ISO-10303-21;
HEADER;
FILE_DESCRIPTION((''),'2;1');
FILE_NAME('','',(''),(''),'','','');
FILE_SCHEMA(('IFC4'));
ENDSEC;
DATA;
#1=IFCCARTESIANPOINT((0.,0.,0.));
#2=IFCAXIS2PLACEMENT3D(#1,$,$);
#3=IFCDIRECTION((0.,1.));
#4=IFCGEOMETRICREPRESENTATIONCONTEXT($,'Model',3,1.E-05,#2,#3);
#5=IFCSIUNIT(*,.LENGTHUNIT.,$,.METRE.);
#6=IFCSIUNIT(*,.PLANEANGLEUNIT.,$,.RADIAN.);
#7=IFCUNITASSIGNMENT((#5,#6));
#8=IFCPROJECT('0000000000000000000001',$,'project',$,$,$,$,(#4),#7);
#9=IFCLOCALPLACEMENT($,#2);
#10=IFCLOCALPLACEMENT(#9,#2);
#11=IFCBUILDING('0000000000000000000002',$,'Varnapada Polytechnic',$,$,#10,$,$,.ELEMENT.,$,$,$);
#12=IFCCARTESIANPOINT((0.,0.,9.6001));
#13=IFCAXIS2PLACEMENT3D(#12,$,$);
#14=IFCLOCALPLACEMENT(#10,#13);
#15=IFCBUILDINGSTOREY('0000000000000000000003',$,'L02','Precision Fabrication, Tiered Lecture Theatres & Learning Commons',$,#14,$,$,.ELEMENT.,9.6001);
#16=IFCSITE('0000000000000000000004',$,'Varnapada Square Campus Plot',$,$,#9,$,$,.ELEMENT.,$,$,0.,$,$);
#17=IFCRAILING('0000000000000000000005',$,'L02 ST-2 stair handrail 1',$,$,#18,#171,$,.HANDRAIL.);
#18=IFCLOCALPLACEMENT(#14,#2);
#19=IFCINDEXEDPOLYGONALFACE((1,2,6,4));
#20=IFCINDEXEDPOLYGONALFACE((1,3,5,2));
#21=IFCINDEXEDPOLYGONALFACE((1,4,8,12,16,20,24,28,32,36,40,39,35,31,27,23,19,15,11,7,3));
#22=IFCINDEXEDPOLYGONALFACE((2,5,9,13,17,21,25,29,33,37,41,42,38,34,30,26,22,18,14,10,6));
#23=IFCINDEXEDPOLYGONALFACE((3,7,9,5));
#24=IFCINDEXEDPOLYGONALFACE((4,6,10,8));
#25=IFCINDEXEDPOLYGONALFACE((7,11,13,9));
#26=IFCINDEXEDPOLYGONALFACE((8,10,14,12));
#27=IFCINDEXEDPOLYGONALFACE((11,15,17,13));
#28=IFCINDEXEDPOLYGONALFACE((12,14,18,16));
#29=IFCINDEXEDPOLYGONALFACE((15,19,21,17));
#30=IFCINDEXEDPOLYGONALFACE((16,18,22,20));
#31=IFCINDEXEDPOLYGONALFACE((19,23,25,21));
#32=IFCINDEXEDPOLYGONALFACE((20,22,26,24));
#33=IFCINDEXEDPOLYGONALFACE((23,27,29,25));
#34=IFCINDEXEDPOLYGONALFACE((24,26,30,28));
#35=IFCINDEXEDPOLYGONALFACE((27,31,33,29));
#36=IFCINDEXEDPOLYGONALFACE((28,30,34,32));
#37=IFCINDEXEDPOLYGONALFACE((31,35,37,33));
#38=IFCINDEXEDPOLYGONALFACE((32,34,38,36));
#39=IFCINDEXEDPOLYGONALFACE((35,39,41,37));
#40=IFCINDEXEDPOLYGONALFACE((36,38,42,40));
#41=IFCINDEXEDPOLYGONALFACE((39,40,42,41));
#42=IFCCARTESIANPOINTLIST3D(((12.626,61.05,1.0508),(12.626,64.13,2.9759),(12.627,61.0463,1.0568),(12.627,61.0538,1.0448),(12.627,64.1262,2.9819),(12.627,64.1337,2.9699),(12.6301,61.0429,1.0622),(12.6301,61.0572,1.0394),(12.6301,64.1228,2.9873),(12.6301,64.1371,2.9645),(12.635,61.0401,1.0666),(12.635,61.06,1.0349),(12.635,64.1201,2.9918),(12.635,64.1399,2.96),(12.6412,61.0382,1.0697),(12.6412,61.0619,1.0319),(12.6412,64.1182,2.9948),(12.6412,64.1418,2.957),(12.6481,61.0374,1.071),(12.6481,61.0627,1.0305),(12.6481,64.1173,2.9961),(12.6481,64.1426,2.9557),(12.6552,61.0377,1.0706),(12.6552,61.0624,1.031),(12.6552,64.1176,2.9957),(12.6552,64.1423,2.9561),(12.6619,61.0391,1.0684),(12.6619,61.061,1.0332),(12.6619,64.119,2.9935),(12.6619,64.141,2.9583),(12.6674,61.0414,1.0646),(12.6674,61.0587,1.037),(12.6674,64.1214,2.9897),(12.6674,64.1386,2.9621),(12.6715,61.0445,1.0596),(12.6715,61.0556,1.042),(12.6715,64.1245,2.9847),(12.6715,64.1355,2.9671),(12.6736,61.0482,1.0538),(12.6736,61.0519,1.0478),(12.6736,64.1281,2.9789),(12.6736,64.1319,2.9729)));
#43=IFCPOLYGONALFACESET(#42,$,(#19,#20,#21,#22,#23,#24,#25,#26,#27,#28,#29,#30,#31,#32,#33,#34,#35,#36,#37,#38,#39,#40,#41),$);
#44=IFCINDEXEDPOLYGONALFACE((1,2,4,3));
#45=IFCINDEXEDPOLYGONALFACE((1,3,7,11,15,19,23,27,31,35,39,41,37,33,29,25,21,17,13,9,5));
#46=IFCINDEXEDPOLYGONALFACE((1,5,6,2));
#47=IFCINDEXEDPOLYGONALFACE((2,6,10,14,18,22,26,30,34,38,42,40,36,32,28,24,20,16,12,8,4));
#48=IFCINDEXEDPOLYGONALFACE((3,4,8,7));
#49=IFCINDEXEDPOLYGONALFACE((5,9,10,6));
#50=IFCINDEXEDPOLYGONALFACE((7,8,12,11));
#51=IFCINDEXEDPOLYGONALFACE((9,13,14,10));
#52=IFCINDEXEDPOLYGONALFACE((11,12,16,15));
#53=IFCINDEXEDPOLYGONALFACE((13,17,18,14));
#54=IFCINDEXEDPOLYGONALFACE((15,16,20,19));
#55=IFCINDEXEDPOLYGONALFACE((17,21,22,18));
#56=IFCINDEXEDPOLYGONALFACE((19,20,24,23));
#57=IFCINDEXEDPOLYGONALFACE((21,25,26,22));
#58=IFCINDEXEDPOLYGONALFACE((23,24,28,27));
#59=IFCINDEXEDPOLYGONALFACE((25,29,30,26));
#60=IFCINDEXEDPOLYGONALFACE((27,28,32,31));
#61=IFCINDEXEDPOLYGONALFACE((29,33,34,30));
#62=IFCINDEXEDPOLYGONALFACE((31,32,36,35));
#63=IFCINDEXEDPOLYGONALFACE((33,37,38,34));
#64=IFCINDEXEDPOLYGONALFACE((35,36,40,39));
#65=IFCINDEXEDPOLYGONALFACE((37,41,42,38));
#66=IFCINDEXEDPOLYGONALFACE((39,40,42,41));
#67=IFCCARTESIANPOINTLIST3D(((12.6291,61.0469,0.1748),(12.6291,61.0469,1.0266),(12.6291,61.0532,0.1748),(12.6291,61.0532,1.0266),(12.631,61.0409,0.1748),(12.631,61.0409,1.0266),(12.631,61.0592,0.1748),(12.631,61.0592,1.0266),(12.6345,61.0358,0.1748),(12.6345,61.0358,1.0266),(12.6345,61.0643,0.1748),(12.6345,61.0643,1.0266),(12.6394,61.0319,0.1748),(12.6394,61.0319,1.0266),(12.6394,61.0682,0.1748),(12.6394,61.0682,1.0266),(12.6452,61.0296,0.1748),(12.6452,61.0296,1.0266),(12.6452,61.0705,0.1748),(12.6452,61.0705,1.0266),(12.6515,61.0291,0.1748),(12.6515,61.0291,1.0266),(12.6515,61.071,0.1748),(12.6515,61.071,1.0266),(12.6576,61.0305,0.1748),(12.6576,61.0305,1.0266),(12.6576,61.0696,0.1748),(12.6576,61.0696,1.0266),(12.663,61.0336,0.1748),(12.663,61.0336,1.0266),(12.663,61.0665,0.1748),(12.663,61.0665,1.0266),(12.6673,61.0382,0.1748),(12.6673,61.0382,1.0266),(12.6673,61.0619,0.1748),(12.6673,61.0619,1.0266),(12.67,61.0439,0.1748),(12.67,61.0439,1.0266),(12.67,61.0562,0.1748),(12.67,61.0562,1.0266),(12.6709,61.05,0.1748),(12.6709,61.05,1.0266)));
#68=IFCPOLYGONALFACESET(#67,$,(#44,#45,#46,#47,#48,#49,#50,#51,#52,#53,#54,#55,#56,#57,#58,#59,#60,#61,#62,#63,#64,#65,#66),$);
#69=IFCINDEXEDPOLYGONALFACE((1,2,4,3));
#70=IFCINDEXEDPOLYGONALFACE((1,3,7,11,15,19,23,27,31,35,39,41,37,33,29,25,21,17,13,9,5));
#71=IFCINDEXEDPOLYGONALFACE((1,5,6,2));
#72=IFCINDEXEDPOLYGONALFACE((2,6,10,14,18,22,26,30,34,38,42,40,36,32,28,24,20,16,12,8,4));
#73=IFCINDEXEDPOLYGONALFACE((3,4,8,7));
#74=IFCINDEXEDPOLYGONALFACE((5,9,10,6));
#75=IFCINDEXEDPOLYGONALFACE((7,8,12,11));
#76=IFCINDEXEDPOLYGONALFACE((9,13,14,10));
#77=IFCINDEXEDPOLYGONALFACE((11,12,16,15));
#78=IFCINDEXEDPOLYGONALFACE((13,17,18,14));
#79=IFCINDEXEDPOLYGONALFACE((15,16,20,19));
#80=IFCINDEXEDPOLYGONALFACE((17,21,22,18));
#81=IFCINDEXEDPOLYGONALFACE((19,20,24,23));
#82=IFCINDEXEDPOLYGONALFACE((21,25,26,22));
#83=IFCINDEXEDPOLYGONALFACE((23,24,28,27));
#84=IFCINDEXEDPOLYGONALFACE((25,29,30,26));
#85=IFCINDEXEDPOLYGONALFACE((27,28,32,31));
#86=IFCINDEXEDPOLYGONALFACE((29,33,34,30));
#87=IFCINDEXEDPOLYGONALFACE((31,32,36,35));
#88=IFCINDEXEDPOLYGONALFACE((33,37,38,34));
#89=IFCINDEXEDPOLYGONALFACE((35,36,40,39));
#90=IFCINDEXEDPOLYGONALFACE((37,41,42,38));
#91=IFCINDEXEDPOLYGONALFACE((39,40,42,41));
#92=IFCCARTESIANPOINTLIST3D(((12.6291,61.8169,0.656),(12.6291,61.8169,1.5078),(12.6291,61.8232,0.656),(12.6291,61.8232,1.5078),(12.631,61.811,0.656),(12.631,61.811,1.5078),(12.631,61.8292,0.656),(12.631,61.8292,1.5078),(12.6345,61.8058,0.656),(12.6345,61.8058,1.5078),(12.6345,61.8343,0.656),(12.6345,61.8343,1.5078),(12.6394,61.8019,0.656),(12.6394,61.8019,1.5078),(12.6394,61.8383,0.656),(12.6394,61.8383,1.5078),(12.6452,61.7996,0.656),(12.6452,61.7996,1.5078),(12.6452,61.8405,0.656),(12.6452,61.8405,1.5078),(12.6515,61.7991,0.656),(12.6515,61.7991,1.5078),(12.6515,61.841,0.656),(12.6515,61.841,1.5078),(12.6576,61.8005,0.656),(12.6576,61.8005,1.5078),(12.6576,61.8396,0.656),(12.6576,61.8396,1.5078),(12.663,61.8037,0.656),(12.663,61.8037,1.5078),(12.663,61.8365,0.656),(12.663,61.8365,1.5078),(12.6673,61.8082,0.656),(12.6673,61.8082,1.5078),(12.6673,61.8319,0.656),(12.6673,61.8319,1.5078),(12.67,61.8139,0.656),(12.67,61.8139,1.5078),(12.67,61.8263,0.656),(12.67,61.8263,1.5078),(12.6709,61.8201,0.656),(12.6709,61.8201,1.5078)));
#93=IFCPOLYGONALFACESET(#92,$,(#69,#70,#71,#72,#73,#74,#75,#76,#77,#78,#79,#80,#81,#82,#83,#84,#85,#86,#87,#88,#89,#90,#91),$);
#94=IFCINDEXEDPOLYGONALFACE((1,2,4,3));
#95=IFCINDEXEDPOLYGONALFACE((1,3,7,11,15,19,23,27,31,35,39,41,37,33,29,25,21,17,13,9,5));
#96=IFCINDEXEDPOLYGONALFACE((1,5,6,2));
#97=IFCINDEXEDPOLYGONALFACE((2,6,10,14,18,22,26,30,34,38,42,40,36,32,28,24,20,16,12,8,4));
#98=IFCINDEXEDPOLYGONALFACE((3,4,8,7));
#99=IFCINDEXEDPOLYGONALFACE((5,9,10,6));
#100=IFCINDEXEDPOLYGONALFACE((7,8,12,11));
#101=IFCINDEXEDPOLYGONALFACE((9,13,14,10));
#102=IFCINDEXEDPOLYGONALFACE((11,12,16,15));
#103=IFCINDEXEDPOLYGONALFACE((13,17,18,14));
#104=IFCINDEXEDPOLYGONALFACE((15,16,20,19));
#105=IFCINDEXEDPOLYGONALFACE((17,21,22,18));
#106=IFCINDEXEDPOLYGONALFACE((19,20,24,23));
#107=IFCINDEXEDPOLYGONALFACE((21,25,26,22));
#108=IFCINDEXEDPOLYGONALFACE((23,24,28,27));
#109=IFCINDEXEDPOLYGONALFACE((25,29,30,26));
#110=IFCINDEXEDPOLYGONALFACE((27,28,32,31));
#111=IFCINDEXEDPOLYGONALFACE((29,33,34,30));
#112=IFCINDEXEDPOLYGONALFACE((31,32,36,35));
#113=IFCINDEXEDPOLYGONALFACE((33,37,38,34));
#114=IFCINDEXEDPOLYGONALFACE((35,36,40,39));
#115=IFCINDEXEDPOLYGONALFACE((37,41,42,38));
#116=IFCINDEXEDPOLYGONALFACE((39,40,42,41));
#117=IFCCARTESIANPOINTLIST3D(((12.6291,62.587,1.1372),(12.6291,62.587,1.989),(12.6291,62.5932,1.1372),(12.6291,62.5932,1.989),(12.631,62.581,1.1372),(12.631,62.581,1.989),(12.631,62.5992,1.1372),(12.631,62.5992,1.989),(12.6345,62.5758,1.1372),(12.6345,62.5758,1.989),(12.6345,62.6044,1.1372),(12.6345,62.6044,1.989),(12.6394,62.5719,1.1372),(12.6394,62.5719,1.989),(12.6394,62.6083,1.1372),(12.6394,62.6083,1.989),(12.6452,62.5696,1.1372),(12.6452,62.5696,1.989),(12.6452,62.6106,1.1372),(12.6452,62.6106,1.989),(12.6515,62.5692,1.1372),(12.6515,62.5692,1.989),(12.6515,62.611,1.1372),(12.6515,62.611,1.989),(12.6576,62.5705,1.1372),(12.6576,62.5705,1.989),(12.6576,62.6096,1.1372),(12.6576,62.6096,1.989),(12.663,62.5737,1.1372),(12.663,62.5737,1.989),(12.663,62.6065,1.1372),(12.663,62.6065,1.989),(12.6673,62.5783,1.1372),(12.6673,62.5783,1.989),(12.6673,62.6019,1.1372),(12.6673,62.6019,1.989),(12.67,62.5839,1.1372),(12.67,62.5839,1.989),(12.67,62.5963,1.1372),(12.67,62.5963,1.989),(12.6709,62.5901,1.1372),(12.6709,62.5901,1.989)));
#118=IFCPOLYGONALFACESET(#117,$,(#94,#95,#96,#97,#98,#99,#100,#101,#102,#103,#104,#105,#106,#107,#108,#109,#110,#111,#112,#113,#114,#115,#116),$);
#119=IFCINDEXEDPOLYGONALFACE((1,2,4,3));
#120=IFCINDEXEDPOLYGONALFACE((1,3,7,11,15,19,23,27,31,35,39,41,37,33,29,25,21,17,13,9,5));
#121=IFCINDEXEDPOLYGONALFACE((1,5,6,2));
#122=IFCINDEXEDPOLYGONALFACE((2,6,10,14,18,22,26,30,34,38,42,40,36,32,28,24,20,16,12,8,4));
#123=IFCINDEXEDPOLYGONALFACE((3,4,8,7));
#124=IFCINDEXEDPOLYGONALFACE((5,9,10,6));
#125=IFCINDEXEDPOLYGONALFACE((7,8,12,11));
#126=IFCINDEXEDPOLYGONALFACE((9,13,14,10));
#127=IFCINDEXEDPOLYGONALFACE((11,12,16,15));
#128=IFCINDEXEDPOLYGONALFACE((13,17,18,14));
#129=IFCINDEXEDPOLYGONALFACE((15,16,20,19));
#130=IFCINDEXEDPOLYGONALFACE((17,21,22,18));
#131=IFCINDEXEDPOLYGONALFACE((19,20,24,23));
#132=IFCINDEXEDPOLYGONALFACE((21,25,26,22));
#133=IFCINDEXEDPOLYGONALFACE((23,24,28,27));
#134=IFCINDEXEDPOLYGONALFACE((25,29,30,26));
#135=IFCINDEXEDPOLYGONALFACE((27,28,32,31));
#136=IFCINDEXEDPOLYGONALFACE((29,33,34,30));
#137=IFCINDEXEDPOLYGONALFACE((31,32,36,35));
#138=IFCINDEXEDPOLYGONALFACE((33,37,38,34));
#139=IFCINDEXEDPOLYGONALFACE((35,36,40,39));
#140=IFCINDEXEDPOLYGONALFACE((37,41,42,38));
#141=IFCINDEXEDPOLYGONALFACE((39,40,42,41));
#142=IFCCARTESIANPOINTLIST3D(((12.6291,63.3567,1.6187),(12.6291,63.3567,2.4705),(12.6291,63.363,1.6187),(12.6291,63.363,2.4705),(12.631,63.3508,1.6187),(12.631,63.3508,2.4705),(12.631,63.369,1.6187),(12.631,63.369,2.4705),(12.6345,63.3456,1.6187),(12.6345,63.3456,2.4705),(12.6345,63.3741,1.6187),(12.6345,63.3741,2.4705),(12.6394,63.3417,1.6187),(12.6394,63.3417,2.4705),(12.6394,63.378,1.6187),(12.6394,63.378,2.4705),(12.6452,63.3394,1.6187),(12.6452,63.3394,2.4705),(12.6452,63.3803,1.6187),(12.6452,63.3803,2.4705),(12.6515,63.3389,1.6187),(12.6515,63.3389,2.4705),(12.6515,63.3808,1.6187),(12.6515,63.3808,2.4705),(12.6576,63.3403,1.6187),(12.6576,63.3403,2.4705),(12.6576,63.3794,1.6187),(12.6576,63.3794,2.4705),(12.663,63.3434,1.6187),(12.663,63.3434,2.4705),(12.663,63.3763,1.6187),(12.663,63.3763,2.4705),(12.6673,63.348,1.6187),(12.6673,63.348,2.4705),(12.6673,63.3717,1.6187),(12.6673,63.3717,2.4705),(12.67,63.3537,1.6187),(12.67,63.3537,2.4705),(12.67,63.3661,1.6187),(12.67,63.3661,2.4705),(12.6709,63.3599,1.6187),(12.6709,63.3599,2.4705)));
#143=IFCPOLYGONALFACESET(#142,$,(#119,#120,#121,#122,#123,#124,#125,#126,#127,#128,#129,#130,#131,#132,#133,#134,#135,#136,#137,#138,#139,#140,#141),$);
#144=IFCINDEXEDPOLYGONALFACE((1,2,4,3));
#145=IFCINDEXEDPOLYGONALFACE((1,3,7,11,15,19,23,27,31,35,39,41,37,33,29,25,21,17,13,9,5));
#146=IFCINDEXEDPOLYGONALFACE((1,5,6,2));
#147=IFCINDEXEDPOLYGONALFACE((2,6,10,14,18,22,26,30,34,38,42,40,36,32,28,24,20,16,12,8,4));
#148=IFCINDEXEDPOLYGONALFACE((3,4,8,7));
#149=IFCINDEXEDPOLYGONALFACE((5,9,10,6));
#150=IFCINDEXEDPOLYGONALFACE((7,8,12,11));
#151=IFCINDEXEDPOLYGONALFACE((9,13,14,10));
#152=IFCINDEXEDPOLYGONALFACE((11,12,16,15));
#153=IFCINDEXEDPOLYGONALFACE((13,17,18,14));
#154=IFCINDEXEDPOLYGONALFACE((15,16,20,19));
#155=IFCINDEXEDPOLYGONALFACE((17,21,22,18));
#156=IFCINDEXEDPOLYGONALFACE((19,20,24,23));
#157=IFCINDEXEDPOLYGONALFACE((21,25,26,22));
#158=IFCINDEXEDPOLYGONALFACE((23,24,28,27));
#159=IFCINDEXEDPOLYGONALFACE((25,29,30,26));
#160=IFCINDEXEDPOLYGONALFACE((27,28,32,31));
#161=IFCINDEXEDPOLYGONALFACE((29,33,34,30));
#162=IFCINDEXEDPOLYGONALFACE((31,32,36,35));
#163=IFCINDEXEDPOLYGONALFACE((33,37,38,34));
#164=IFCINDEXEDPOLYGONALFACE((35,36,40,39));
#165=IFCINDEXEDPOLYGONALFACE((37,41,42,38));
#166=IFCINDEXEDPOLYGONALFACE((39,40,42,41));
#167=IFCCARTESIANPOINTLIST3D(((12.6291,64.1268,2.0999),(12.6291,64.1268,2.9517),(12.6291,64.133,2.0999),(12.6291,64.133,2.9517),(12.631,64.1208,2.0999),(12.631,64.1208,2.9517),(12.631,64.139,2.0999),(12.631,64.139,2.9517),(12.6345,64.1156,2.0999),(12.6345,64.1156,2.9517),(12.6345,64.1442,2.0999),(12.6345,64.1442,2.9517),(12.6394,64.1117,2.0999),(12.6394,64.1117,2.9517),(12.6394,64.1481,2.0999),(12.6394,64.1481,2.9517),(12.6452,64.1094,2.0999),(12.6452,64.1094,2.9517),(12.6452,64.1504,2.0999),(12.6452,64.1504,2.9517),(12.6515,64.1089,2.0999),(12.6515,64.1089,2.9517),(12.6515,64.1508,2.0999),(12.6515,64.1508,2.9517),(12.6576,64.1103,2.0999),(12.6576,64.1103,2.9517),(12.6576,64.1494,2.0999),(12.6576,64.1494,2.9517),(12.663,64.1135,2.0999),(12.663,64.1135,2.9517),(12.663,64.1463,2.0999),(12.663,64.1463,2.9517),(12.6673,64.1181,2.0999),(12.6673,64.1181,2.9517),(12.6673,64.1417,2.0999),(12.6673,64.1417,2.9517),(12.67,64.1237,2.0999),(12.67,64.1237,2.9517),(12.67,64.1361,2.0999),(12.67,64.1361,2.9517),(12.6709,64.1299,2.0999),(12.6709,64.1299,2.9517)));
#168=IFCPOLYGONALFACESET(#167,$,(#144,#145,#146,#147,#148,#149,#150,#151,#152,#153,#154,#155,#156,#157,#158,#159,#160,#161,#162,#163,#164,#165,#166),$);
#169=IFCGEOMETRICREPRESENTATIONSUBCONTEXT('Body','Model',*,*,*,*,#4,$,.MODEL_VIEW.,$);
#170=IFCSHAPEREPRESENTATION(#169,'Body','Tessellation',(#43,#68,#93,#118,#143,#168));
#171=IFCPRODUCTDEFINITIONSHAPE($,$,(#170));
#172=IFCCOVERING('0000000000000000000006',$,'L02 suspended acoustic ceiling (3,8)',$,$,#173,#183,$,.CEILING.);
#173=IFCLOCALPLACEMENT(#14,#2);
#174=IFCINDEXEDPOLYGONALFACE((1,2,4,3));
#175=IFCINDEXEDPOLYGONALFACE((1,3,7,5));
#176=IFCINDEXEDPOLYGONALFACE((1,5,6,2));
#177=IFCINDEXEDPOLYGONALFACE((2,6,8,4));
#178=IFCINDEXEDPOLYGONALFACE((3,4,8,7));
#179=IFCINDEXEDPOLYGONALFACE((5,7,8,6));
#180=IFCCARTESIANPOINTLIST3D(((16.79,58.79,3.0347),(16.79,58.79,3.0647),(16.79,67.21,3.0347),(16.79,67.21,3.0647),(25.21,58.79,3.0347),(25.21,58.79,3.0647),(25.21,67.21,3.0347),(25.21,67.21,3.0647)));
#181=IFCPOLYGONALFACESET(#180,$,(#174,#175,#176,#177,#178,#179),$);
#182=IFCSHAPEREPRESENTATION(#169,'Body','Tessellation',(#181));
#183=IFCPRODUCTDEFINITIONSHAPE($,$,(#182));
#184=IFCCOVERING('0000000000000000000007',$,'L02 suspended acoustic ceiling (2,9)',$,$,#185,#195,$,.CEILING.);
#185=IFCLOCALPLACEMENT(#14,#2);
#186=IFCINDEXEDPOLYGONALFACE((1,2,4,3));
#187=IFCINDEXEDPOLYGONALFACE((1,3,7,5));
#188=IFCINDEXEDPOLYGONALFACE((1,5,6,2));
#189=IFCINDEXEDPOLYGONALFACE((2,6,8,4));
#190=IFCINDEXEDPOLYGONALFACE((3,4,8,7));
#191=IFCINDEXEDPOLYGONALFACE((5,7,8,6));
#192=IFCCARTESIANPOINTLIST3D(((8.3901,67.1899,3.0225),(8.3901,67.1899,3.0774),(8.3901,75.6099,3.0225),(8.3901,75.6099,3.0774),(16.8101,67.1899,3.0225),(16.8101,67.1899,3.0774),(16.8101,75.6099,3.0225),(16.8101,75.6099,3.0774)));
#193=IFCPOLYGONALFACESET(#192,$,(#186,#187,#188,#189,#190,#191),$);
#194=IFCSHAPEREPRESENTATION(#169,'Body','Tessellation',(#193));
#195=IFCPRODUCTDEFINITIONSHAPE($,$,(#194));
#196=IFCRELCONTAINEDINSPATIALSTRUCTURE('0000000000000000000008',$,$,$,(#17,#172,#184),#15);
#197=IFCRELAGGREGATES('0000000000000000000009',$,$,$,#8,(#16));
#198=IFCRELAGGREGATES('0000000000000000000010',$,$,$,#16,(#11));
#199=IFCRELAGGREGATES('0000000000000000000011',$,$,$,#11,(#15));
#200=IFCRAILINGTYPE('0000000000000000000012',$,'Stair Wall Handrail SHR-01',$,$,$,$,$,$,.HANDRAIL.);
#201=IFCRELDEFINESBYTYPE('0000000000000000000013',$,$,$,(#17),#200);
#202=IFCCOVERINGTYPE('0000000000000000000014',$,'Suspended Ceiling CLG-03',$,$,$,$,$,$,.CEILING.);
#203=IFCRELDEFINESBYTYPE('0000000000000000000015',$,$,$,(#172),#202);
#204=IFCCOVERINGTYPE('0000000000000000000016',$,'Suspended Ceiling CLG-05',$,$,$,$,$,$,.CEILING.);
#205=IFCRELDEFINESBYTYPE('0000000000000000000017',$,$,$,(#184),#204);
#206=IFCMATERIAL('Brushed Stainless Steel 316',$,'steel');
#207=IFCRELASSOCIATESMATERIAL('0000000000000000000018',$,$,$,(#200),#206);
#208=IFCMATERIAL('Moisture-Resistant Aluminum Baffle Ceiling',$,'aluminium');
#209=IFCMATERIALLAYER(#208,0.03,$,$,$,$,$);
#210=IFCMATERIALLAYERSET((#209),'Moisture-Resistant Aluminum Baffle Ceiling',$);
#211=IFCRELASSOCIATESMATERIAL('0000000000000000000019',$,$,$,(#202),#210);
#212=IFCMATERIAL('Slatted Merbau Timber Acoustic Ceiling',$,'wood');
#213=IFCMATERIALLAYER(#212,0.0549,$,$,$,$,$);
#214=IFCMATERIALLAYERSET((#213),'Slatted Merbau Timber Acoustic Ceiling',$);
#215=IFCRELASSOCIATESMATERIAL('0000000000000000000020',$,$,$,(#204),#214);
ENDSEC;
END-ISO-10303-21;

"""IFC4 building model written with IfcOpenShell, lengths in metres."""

from ifc_helpers import new_model, si_unit, direction, frame, origin, origin_2d, place, context, subcontext, project, spatial, rectangle, circle, extrude, material, layer, layer_set, type_object, element, save


model = new_model("IFC4")

# Units and contexts
model_context = context("Model", 3, precision=1e-05, world=origin(), true_north=direction((0.0, 1.0)))
body_context = subcontext(model_context, "Body", "Model", "MODEL_VIEW")
ifc_project = project(units=[si_unit("LENGTHUNIT", "METRE"), si_unit("PLANEANGLEUNIT", "RADIAN")], contexts=[model_context])

# Site, building, storey
site_placement = place(None, origin())
site = spatial("IfcSite", under=ifc_project, at=site_placement, Name="Varnapada Square Campus Plot", CompositionType="ELEMENT", RefElevation=0.0)
building_placement = place(site_placement, origin())
building = spatial("IfcBuilding", under=site, at=building_placement, Name="Varnapada Polytechnic", CompositionType="ELEMENT")
storey_placement = place(building_placement, frame((0.0, 0.0, 9.6001)))
storey = spatial("IfcBuildingStorey", under=building, at=storey_placement, Name="L02", Description="Precision Fabrication, Tiered Lecture Theatres & Learning Commons", CompositionType="ELEMENT", Elevation=9.6001)

# Shared definitions
ifc_material_1 = material(Name="Brushed Stainless Steel 316", Category="steel")

# Railing
railing_type_1 = type_object("IfcRailingType", Name="Stair Wall Handrail SHR-01", PredefinedType="HANDRAIL", material=ifc_material_1)
railing_1_placement = place(storey_placement, frame((12.6499, 61.05, 0.1748)))
element("IfcRailing", 1, at=railing_1_placement, inside=storey, type_object=railing_type_1, Name="L02 ST-2 stair handrail 1", PredefinedType="HANDRAIL", context=body_context, shape_type="SweptSolid", body=[
    extrude(circle(Radius=0.0239, at=origin_2d()), frame((0.0, 0.0, 0.876), z_axis=(0.0, 0.847979, 0.530029), x_axis=(-1.0, 0.0, 0.0)), (0.0, 0.0, 1.0), 3.6321),
    extrude(circle(Radius=0.021, at=origin_2d()), origin(), (0.0, 0.0, 1.0), 0.8518),
    extrude(circle(Radius=0.021, at=origin_2d()), frame((0.0, 0.77, 0.4812)), (0.0, 0.0, 1.0), 0.8518),
    extrude(circle(Radius=0.021, at=origin_2d()), frame((0.0, 1.54, 0.9624)), (0.0, 0.0, 1.0), 0.8518),
    extrude(circle(Radius=0.021, at=origin_2d()), frame((0.0, 2.3098, 1.4438)), (0.0, 0.0, 1.0), 0.8518),
    extrude(circle(Radius=0.021, at=origin_2d()), frame((0.0, 3.0798, 1.925)), (0.0, 0.0, 1.0), 0.8518),
])

# Coverings
ifc_material_2 = material(Name="Moisture-Resistant Aluminum Baffle Ceiling", Category="aluminium")
ifc_layer_1 = layer(ifc_material_2, 0.03)
ifc_layer_set_1 = layer_set([ifc_layer_1], Name="Moisture-Resistant Aluminum Baffle Ceiling")
covering_type_1 = type_object("IfcCoveringType", Name="Suspended Ceiling CLG-03", PredefinedType="CEILING", material=ifc_layer_set_1)
covering_1_placement = place(storey_placement, frame((21.0, 63.0, 3.0347), z_axis=(0.0, 0.0, 1.0), x_axis=(1.0, 0.0, 0.0)))
element("IfcCovering", 2, at=covering_1_placement, inside=storey, type_object=covering_type_1, Name="L02 suspended acoustic ceiling (3,8)", PredefinedType="CEILING", context=body_context, shape_type="SweptSolid", body=[
    extrude(rectangle(XDim=8.4199, YDim=8.4199, at=origin_2d()), origin(), (0.0, 0.0, 1.0), 0.03),
])
ifc_material_3 = material(Name="Slatted Merbau Timber Acoustic Ceiling", Category="wood")
ifc_layer_2 = layer(ifc_material_3, 0.0549)
ifc_layer_set_2 = layer_set([ifc_layer_2], Name="Slatted Merbau Timber Acoustic Ceiling")
covering_type_2 = type_object("IfcCoveringType", Name="Suspended Ceiling CLG-05", PredefinedType="CEILING", material=ifc_layer_set_2)
covering_2_placement = place(storey_placement, frame((12.6001, 71.3999, 3.0225), z_axis=(0.0, 0.0, 1.0), x_axis=(1.0, 0.0, 0.0)))
element("IfcCovering", 3, at=covering_2_placement, inside=storey, type_object=covering_type_2, Name="L02 suspended acoustic ceiling (2,9)", PredefinedType="CEILING", context=body_context, shape_type="SweptSolid", body=[
    extrude(rectangle(XDim=8.4199, YDim=8.4199, at=origin_2d()), origin(), (0.0, 0.0, 1.0), 0.0549),
])

save(model, "model.ifc")
